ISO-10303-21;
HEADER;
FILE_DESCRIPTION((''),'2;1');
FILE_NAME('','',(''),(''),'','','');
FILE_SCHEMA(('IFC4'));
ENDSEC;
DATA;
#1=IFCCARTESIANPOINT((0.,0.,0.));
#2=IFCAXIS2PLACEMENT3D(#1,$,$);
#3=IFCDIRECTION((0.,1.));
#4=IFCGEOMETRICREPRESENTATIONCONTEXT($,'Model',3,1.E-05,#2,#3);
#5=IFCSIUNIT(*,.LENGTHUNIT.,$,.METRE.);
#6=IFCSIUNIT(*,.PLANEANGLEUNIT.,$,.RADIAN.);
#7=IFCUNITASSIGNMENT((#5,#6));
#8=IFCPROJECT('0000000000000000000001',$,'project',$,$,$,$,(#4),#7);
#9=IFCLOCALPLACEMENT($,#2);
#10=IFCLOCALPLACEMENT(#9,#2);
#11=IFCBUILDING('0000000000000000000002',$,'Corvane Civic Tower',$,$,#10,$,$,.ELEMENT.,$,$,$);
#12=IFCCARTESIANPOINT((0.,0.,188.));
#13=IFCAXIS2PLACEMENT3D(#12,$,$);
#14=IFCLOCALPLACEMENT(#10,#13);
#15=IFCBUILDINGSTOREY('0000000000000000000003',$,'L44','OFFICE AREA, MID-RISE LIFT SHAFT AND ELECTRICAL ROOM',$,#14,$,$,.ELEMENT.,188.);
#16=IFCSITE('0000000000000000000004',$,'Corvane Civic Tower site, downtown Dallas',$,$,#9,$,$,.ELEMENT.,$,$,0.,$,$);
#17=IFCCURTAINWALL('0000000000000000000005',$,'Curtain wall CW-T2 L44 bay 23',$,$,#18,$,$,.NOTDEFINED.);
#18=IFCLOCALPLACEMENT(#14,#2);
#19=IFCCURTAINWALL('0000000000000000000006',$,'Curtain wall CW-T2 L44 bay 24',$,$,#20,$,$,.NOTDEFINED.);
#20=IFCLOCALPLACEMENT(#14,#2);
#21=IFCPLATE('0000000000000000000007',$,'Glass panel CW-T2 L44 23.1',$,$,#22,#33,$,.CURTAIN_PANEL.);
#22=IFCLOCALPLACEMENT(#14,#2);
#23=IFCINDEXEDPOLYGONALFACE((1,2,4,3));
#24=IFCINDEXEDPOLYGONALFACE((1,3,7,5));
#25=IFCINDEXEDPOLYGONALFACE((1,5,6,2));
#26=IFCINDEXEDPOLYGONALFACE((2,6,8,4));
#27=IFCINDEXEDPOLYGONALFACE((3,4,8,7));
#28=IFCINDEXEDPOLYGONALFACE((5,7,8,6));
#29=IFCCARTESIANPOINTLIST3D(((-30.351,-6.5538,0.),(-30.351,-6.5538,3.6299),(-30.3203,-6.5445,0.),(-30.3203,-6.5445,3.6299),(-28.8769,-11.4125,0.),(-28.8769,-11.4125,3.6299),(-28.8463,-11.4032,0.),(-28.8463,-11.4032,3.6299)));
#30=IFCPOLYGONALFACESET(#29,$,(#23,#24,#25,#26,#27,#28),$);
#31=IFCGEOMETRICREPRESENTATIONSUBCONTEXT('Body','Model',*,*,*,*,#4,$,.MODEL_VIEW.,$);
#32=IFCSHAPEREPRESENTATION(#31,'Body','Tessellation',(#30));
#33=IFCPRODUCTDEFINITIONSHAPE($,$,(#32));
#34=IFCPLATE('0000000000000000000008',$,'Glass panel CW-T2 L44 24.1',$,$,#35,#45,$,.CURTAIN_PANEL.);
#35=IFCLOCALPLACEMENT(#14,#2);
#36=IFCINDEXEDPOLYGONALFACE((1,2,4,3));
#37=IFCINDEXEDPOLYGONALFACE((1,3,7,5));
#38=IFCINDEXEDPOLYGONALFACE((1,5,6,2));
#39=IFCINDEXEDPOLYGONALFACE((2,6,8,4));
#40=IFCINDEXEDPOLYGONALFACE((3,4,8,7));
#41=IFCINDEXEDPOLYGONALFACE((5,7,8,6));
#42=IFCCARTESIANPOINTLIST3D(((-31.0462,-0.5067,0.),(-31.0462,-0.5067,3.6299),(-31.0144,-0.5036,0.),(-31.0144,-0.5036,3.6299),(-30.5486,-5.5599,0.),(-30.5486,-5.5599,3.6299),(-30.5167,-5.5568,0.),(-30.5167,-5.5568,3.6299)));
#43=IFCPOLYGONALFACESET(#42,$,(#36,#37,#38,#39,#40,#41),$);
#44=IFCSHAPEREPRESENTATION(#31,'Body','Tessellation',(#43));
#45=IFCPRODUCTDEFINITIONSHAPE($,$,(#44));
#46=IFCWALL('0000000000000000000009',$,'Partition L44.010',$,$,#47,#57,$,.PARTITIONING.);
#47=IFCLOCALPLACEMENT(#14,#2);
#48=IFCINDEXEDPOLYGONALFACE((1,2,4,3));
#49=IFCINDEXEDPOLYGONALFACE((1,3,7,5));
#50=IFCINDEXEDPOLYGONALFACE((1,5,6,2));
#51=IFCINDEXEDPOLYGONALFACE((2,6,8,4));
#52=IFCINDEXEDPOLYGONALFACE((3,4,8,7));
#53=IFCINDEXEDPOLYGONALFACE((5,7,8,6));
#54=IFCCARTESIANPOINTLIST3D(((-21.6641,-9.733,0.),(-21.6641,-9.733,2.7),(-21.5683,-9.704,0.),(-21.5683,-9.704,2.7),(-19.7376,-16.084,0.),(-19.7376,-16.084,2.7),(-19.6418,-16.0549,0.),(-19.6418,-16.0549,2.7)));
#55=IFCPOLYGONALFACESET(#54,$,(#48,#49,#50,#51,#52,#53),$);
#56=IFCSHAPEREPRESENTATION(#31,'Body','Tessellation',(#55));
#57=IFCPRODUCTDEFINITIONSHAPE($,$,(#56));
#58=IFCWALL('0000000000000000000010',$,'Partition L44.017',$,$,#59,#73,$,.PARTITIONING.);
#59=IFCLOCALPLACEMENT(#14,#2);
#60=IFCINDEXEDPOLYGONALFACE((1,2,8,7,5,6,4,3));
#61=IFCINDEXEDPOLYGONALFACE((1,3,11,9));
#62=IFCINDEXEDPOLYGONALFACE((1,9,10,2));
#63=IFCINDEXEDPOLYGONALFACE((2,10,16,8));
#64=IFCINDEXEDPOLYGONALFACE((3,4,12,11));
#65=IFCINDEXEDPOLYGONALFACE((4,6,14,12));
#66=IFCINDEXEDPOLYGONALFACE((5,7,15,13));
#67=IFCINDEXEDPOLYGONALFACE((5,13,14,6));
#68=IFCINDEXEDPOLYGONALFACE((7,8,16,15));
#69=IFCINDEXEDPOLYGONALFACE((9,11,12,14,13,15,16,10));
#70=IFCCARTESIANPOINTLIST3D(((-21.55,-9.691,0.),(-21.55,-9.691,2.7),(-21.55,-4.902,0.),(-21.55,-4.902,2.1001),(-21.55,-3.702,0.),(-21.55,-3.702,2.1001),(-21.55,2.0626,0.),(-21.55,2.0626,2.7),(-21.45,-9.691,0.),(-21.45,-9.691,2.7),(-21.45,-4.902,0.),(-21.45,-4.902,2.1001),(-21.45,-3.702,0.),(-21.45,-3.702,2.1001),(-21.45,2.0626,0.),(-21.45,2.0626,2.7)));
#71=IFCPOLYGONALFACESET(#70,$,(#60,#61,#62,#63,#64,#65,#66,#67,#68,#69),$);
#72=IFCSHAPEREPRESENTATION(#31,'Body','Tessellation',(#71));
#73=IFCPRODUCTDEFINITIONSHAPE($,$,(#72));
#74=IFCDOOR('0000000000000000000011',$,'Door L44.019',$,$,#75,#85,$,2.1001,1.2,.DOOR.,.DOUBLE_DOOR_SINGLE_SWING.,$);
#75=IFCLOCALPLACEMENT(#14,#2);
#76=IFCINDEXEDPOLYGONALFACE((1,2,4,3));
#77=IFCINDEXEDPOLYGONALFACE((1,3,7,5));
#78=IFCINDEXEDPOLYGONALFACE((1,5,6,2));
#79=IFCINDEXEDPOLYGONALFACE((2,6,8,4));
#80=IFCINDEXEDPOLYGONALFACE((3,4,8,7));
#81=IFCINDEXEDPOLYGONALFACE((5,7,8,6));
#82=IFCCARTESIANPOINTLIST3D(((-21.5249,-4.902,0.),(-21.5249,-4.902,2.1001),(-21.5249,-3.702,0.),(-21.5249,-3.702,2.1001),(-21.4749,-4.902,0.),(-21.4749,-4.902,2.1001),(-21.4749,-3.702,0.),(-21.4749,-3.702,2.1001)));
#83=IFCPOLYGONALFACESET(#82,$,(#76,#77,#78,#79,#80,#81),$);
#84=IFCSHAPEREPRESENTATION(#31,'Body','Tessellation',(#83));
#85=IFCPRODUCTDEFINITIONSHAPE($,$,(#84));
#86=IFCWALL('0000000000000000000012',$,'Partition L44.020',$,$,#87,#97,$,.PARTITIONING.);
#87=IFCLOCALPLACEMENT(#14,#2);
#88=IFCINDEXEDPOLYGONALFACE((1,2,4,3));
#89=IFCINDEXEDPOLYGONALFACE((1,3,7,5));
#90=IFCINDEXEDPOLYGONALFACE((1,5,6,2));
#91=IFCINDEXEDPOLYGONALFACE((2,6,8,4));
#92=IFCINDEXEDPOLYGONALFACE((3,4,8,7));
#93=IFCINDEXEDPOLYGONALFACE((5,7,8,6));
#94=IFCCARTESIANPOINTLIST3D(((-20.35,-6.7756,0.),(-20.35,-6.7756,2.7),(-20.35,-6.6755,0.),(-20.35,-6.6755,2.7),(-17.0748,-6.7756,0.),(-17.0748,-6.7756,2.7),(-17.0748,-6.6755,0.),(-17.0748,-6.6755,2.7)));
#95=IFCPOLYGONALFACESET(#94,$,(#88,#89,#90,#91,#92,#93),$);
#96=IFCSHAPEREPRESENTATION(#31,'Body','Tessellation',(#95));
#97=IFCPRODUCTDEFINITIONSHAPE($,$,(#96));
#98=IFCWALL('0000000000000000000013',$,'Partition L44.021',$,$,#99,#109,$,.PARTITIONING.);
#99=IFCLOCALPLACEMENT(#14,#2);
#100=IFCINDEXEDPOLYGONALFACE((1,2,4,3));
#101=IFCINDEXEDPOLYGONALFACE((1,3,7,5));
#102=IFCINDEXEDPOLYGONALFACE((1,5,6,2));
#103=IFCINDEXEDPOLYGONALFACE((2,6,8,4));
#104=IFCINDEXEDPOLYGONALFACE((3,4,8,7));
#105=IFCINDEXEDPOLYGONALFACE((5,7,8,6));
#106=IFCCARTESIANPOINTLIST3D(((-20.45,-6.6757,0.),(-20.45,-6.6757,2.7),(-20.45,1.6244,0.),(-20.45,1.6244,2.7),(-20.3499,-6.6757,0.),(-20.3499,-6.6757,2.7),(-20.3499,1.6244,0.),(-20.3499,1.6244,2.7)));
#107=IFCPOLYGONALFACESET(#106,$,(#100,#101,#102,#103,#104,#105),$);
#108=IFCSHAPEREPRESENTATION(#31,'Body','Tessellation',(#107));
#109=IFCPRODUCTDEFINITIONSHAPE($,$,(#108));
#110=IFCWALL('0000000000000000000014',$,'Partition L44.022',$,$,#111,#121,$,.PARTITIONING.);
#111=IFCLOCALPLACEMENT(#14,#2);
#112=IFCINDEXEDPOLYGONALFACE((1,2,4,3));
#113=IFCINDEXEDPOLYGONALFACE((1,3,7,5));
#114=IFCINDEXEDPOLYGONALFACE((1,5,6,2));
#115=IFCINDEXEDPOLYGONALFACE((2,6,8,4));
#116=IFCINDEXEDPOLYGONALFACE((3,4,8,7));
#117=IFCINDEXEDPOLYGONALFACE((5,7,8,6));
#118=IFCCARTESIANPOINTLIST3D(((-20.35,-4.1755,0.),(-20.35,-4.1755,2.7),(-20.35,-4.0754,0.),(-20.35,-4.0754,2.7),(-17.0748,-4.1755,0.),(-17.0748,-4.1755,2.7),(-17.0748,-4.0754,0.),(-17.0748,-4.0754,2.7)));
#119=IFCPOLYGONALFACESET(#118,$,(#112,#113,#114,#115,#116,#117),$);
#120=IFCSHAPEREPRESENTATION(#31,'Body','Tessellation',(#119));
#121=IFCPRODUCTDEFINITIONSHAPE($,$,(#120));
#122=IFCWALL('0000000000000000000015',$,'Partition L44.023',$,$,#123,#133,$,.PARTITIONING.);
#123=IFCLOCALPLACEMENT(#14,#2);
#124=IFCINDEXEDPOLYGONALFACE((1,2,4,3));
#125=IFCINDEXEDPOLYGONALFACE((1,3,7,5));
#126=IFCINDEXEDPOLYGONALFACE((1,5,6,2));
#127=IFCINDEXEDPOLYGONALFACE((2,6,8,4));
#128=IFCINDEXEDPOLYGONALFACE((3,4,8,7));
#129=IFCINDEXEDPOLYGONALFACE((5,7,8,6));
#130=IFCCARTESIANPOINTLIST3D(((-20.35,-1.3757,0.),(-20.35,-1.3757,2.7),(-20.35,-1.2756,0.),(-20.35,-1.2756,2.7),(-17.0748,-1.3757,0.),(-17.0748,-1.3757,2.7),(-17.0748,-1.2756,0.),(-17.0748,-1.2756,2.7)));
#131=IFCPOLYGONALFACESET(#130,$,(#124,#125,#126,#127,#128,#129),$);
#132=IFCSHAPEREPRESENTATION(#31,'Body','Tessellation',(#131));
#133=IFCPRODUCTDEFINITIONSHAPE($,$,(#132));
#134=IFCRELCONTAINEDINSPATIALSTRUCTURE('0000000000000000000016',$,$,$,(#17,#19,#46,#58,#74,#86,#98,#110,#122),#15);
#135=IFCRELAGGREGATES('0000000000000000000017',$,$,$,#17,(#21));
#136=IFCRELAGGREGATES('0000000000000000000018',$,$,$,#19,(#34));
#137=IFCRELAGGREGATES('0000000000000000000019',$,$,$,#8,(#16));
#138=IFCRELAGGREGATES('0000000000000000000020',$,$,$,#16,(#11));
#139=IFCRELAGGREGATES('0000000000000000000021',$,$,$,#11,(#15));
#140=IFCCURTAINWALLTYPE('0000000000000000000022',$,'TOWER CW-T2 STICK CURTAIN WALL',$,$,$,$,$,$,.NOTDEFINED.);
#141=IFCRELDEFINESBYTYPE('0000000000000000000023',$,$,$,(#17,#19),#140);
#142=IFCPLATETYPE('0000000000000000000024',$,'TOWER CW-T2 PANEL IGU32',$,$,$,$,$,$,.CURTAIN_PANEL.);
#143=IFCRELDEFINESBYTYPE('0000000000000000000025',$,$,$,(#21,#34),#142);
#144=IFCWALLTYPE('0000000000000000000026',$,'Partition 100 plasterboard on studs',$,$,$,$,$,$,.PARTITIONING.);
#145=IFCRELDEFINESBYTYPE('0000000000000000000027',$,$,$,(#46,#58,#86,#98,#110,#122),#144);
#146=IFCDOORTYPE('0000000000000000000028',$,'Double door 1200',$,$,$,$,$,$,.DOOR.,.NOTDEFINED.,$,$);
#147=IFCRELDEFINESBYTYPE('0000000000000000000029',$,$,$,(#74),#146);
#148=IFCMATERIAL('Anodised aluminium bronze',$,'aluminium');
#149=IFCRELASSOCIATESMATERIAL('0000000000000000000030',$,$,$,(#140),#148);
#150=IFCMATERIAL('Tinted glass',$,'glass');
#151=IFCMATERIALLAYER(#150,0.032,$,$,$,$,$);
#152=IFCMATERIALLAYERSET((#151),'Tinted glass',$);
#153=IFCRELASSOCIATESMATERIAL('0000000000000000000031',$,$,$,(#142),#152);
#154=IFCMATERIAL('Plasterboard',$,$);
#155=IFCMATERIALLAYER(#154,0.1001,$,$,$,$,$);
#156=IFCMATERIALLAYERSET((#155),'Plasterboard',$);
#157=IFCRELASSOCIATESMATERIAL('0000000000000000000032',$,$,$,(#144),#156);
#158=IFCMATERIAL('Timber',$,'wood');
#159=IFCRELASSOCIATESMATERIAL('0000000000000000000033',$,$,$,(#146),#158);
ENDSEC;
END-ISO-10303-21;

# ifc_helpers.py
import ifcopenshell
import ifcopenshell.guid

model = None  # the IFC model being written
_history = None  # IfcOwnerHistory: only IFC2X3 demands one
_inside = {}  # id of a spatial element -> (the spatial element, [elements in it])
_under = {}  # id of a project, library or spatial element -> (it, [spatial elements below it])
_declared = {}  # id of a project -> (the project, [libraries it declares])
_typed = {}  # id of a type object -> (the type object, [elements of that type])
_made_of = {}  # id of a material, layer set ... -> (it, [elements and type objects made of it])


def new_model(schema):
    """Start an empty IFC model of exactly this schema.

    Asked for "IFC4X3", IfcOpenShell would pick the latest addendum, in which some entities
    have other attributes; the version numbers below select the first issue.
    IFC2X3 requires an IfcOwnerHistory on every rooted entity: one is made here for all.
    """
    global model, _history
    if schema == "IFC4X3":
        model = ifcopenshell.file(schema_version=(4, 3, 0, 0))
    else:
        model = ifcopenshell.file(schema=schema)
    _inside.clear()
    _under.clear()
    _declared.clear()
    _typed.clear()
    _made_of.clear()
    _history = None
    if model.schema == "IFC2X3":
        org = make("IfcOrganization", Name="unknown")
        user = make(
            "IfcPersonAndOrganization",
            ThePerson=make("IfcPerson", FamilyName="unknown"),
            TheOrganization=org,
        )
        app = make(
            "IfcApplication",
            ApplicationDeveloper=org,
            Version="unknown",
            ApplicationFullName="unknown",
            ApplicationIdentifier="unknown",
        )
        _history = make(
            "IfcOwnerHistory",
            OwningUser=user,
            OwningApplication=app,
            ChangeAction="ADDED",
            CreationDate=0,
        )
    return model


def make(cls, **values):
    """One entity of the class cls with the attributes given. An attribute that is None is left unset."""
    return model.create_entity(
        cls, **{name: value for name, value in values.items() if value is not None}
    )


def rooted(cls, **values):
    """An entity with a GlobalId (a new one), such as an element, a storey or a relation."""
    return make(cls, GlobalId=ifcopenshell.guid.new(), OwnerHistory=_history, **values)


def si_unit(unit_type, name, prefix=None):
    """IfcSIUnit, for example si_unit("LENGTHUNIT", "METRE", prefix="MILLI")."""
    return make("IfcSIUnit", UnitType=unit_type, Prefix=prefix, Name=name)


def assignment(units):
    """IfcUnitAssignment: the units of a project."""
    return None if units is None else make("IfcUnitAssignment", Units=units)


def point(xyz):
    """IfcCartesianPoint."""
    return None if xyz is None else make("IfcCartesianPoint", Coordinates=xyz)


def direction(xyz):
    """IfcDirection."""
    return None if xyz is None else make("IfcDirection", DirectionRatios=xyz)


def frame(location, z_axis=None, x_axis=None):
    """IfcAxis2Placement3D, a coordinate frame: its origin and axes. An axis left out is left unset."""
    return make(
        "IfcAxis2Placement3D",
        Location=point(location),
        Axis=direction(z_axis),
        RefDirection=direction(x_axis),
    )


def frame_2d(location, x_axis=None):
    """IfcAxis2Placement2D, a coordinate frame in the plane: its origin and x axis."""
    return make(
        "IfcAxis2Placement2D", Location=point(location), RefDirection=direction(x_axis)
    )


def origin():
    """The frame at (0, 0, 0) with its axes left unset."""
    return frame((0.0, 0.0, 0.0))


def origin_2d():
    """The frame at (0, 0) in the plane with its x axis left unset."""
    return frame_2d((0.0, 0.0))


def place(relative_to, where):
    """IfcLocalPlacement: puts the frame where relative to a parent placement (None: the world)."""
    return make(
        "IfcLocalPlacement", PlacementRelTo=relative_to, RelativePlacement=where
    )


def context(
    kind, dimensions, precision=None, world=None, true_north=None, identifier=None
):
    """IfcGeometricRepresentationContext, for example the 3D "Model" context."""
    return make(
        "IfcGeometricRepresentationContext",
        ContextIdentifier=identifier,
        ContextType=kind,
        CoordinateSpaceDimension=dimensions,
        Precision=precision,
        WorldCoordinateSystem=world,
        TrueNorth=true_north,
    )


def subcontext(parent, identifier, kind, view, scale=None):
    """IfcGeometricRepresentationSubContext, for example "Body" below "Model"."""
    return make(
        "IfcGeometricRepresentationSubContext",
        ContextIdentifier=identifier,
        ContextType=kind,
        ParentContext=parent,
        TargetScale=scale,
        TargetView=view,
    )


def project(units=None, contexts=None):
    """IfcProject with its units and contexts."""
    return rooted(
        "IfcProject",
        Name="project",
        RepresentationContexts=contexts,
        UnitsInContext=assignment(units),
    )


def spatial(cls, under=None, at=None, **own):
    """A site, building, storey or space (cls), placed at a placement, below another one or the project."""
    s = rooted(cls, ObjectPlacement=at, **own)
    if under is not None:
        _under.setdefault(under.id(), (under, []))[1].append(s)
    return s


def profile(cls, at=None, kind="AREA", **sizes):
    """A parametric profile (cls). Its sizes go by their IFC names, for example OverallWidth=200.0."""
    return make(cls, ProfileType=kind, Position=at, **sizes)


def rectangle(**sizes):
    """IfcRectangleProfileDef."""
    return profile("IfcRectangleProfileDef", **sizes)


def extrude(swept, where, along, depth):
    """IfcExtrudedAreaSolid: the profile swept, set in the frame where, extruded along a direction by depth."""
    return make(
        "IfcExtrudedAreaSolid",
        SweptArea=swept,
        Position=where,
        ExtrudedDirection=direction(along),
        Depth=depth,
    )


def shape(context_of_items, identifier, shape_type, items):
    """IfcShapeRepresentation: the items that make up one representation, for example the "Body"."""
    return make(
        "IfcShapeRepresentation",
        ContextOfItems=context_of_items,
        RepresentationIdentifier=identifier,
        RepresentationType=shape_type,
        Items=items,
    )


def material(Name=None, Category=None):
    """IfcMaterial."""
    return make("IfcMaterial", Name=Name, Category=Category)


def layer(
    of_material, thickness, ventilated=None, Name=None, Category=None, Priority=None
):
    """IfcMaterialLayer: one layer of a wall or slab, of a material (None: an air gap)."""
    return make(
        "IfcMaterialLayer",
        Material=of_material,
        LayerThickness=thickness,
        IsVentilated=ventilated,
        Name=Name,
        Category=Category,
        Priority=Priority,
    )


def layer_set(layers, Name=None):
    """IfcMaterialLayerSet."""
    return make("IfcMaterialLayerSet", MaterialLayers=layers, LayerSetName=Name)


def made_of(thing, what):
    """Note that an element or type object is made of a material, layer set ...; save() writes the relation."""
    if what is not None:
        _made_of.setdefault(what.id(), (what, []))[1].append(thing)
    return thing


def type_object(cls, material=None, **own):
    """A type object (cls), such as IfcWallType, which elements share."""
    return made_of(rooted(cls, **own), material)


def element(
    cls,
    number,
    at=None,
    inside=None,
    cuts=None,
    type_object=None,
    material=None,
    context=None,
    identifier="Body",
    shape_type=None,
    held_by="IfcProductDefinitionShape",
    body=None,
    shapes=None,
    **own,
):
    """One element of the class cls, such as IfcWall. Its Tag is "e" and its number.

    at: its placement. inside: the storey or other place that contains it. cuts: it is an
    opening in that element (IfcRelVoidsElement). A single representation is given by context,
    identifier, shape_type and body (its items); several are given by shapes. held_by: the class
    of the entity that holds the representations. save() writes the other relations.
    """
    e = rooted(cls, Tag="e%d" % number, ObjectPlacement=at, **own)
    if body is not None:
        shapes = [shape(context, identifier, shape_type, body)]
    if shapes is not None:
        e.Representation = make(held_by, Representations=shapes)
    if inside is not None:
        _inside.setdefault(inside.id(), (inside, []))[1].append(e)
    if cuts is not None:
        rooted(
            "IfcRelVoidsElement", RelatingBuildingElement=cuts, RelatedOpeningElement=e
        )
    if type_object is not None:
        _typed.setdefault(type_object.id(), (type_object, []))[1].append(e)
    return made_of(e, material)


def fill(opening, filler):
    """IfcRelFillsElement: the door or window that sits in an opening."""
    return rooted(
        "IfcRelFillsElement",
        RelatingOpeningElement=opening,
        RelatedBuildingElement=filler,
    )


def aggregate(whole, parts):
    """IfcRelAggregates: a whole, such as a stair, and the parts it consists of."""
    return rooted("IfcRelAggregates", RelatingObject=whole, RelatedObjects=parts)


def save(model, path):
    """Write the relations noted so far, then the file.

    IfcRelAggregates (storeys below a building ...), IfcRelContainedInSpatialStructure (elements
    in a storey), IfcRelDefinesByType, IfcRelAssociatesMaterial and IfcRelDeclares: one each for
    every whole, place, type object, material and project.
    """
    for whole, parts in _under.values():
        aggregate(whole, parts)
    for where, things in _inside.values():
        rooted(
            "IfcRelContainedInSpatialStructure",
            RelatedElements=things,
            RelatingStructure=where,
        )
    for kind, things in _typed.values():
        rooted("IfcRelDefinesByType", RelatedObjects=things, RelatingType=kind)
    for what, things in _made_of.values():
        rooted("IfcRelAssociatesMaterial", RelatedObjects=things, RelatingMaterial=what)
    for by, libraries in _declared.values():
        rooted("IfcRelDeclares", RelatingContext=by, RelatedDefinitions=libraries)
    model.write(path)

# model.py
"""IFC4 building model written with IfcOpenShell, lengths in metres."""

from ifc_helpers import new_model, si_unit, direction, frame, frame_2d, origin, origin_2d, place, context, subcontext, project, spatial, rectangle, extrude, material, layer, layer_set, type_object, element, fill, aggregate, save


model = new_model("IFC4")

# Units and contexts
model_context = context("Model", 3, precision=1e-05, world=origin(), true_north=direction((0.0, 1.0)))
body_context = subcontext(model_context, "Body", "Model", "MODEL_VIEW")
ifc_project = project(units=[si_unit("LENGTHUNIT", "METRE"), si_unit("PLANEANGLEUNIT", "RADIAN")], contexts=[model_context])

# Site, building, storey
site_placement = place(None, origin())
site = spatial("IfcSite", under=ifc_project, at=site_placement, Name="Corvane Civic Tower site, downtown Dallas", CompositionType="ELEMENT", RefElevation=0.0)
building_placement = place(site_placement, origin())
building = spatial("IfcBuilding", under=site, at=building_placement, Name="Corvane Civic Tower", CompositionType="ELEMENT")
storey_placement = place(building_placement, frame((0.0, 0.0, 188.0)))
storey = spatial("IfcBuildingStorey", under=building, at=storey_placement, Name="L44", Description="OFFICE AREA, MID-RISE LIFT SHAFT AND ELECTRICAL ROOM", CompositionType="ELEMENT", Elevation=188.0)

# Curtain walls
ifc_material_1 = material(Name="Anodised aluminium bronze", Category="aluminium")
curtain_wall_type = type_object("IfcCurtainWallType", Name="TOWER CW-T2 STICK CURTAIN WALL", PredefinedType="NOTDEFINED", material=ifc_material_1)
curtain_wall_1_placement = place(storey_placement, origin())
curtain_wall_1 = element("IfcCurtainWall", 1, at=curtain_wall_1_placement, inside=storey, type_object=curtain_wall_type, Name="Curtain wall CW-T2 L44 bay 23", PredefinedType="NOTDEFINED")
curtain_wall_2_placement = place(storey_placement, origin())
curtain_wall_2 = element("IfcCurtainWall", 2, at=curtain_wall_2_placement, inside=storey, type_object=curtain_wall_type, Name="Curtain wall CW-T2 L44 bay 24", PredefinedType="NOTDEFINED")

# Plates
ifc_material_2 = material(Name="Tinted glass", Category="glass")
ifc_layer_1 = layer(ifc_material_2, 0.032)
ifc_layer_set_1 = layer_set([ifc_layer_1], Name="Tinted glass")
plate_type = type_object("IfcPlateType", Name="TOWER CW-T2 PANEL IGU32", PredefinedType="CURTAIN_PANEL", material=ifc_layer_set_1)
plate_1_placement = place(storey_placement, frame((-29.5986, -8.9785, 0.0), z_axis=(0.0, 0.0, 1.0), x_axis=(-0.290313, 0.956932, 0.0)))
plate_1 = element("IfcPlate", 3, at=plate_1_placement, type_object=plate_type, Name="Glass panel CW-T2 L44 23.1", PredefinedType="CURTAIN_PANEL", context=body_context, shape_type="SweptSolid", body=[
    extrude(rectangle(XDim=5.0774, YDim=0.032, at=origin_2d()), origin(), (0.0, 0.0, 1.0), 3.6299),
])
aggregate(curtain_wall_1, [plate_1])
plate_2_placement = place(storey_placement, frame((-30.7815, -3.0317, 0.0), z_axis=(0.0, 0.0, 1.0), x_axis=(-0.098012, 0.995185, 0.0)))
plate_2 = element("IfcPlate", 4, at=plate_2_placement, type_object=plate_type, Name="Glass panel CW-T2 L44 24.1", PredefinedType="CURTAIN_PANEL", context=body_context, shape_type="SweptSolid", body=[
    extrude(rectangle(XDim=5.0776, YDim=0.032, at=origin_2d()), origin(), (0.0, 0.0, 1.0), 3.6299),
])
aggregate(curtain_wall_2, [plate_2])

# Wall
ifc_material_3 = material(Name="Plasterboard")
ifc_layer_2 = layer(ifc_material_3, 0.1001)
ifc_layer_set_2 = layer_set([ifc_layer_2], Name="Plasterboard")
wall_type_1 = type_object("IfcWallType", Name="Partition 100 plasterboard on studs", PredefinedType="PARTITIONING", material=ifc_layer_set_2)
wall_1_placement = place(storey_placement, frame((-21.6162, -9.7185, 0.0), z_axis=(0.0, 0.0, 1.0), x_axis=(0.290276, -0.956943, 0.0)))
element("IfcWall", 5, at=wall_1_placement, inside=storey, type_object=wall_type_1, Name="Partition L44.010", PredefinedType="PARTITIONING", context=body_context, shape_type="SweptSolid", body=[
    extrude(rectangle(XDim=6.6367, YDim=0.1001, at=frame_2d((3.3184, 0.0))), origin(), (0.0, 0.0, 1.0), 2.7),
])

# Wall, opening, door
wall_2_placement = place(storey_placement, frame((-21.5, -9.6912, 0.0), z_axis=(0.0, 0.0, 1.0), x_axis=(0.0, 1.0, 0.0)))
wall_2 = element("IfcWall", 6, at=wall_2_placement, inside=storey, type_object=wall_type_1, Name="Partition L44.017", PredefinedType="PARTITIONING", context=body_context, shape_type="SweptSolid", body=[
    extrude(rectangle(XDim=11.7537, YDim=0.1001, at=frame_2d((5.877, 0.0))), origin(), (0.0, 0.0, 1.0), 2.7),
])
opening_1_placement = place(wall_2_placement, frame((4.7891, 0.0, 0.0)))
opening_1 = element("IfcOpeningElement", 7, at=opening_1_placement, cuts=wall_2, PredefinedType="OPENING", context=body_context, shape_type="SweptSolid", body=[
    extrude(rectangle(XDim=1.2, YDim=2.1001, at=frame_2d((0.6001, 1.05))), frame((0.0, 0.0601, 0.0), z_axis=(0.0, -1.0, 0.0), x_axis=(1.0, 0.0, 0.0)), (0.0, 0.0, 1.0), 0.1201),
])
ifc_material_4 = material(Name="Timber", Category="wood")
door_type_1 = type_object("IfcDoorType", Name="Double door 1200", OperationType="NOTDEFINED", PredefinedType="DOOR", material=ifc_material_4)
door_1_placement = place(opening_1_placement, origin())
door_1 = element("IfcDoor", 8, at=door_1_placement, inside=storey, type_object=door_type_1, Name="Door L44.019", OperationType="DOUBLE_DOOR_SINGLE_SWING", OverallHeight=2.1001, OverallWidth=1.2, PredefinedType="DOOR", context=body_context, shape_type="SweptSolid", body=[
    extrude(rectangle(XDim=1.2, YDim=2.1001, at=frame_2d((0.6001, 1.05))), frame((0.0, 0.0249, 0.0), z_axis=(0.0, -1.0, 0.0), x_axis=(1.0, 0.0, 0.0)), (0.0, 0.0, 1.0), 0.05),
])
fill(opening_1, door_1)

# Walls
wall_3_placement = place(storey_placement, frame((-20.3501, -6.7256, 0.0), z_axis=(0.0, 0.0, 1.0), x_axis=(1.0, 0.0, 0.0)))
element("IfcWall", 9, at=wall_3_placement, inside=storey, type_object=wall_type_1, Name="Partition L44.020", PredefinedType="PARTITIONING", context=body_context, shape_type="SweptSolid", body=[
    extrude(rectangle(XDim=3.2751, YDim=0.1001, at=frame_2d((1.6377, 0.0))), origin(), (0.0, 0.0, 1.0), 2.7),
])
wall_4_placement = place(storey_placement, frame((-20.3999, -6.6755, 0.0), z_axis=(0.0, 0.0, 1.0), x_axis=(0.0, 1.0, 0.0)))
element("IfcWall", 10, at=wall_4_placement, inside=storey, type_object=wall_type_1, Name="Partition L44.021", PredefinedType="PARTITIONING", context=body_context, shape_type="SweptSolid", body=[
    extrude(rectangle(XDim=8.3, YDim=0.1001, at=frame_2d((4.1499, 0.0))), origin(), (0.0, 0.0, 1.0), 2.7),
])
for number, where, z_axis, x_axis, name in (
    (11, (-20.3501, -4.1255, 0.0), (0.0, 0.0, 1.0), (1.0, 0.0, 0.0), "Partition L44.022"),
    (12, (-20.3501, -1.3257, 0.0), (0.0, 0.0, 1.0), (1.0, 0.0, 0.0), "Partition L44.023"),
):
    element("IfcWall", number, at=place(storey_placement, frame(where, z_axis=z_axis, x_axis=x_axis)), inside=storey, type_object=wall_type_1, Name=name, PredefinedType="PARTITIONING", context=body_context, shape_type="SweptSolid", body=[
        extrude(rectangle(XDim=3.2751, YDim=0.1001, at=frame_2d((1.6377, 0.0))), origin(), (0.0, 0.0, 1.0), 2.7),
    ])

save(model, "model.ifc")
